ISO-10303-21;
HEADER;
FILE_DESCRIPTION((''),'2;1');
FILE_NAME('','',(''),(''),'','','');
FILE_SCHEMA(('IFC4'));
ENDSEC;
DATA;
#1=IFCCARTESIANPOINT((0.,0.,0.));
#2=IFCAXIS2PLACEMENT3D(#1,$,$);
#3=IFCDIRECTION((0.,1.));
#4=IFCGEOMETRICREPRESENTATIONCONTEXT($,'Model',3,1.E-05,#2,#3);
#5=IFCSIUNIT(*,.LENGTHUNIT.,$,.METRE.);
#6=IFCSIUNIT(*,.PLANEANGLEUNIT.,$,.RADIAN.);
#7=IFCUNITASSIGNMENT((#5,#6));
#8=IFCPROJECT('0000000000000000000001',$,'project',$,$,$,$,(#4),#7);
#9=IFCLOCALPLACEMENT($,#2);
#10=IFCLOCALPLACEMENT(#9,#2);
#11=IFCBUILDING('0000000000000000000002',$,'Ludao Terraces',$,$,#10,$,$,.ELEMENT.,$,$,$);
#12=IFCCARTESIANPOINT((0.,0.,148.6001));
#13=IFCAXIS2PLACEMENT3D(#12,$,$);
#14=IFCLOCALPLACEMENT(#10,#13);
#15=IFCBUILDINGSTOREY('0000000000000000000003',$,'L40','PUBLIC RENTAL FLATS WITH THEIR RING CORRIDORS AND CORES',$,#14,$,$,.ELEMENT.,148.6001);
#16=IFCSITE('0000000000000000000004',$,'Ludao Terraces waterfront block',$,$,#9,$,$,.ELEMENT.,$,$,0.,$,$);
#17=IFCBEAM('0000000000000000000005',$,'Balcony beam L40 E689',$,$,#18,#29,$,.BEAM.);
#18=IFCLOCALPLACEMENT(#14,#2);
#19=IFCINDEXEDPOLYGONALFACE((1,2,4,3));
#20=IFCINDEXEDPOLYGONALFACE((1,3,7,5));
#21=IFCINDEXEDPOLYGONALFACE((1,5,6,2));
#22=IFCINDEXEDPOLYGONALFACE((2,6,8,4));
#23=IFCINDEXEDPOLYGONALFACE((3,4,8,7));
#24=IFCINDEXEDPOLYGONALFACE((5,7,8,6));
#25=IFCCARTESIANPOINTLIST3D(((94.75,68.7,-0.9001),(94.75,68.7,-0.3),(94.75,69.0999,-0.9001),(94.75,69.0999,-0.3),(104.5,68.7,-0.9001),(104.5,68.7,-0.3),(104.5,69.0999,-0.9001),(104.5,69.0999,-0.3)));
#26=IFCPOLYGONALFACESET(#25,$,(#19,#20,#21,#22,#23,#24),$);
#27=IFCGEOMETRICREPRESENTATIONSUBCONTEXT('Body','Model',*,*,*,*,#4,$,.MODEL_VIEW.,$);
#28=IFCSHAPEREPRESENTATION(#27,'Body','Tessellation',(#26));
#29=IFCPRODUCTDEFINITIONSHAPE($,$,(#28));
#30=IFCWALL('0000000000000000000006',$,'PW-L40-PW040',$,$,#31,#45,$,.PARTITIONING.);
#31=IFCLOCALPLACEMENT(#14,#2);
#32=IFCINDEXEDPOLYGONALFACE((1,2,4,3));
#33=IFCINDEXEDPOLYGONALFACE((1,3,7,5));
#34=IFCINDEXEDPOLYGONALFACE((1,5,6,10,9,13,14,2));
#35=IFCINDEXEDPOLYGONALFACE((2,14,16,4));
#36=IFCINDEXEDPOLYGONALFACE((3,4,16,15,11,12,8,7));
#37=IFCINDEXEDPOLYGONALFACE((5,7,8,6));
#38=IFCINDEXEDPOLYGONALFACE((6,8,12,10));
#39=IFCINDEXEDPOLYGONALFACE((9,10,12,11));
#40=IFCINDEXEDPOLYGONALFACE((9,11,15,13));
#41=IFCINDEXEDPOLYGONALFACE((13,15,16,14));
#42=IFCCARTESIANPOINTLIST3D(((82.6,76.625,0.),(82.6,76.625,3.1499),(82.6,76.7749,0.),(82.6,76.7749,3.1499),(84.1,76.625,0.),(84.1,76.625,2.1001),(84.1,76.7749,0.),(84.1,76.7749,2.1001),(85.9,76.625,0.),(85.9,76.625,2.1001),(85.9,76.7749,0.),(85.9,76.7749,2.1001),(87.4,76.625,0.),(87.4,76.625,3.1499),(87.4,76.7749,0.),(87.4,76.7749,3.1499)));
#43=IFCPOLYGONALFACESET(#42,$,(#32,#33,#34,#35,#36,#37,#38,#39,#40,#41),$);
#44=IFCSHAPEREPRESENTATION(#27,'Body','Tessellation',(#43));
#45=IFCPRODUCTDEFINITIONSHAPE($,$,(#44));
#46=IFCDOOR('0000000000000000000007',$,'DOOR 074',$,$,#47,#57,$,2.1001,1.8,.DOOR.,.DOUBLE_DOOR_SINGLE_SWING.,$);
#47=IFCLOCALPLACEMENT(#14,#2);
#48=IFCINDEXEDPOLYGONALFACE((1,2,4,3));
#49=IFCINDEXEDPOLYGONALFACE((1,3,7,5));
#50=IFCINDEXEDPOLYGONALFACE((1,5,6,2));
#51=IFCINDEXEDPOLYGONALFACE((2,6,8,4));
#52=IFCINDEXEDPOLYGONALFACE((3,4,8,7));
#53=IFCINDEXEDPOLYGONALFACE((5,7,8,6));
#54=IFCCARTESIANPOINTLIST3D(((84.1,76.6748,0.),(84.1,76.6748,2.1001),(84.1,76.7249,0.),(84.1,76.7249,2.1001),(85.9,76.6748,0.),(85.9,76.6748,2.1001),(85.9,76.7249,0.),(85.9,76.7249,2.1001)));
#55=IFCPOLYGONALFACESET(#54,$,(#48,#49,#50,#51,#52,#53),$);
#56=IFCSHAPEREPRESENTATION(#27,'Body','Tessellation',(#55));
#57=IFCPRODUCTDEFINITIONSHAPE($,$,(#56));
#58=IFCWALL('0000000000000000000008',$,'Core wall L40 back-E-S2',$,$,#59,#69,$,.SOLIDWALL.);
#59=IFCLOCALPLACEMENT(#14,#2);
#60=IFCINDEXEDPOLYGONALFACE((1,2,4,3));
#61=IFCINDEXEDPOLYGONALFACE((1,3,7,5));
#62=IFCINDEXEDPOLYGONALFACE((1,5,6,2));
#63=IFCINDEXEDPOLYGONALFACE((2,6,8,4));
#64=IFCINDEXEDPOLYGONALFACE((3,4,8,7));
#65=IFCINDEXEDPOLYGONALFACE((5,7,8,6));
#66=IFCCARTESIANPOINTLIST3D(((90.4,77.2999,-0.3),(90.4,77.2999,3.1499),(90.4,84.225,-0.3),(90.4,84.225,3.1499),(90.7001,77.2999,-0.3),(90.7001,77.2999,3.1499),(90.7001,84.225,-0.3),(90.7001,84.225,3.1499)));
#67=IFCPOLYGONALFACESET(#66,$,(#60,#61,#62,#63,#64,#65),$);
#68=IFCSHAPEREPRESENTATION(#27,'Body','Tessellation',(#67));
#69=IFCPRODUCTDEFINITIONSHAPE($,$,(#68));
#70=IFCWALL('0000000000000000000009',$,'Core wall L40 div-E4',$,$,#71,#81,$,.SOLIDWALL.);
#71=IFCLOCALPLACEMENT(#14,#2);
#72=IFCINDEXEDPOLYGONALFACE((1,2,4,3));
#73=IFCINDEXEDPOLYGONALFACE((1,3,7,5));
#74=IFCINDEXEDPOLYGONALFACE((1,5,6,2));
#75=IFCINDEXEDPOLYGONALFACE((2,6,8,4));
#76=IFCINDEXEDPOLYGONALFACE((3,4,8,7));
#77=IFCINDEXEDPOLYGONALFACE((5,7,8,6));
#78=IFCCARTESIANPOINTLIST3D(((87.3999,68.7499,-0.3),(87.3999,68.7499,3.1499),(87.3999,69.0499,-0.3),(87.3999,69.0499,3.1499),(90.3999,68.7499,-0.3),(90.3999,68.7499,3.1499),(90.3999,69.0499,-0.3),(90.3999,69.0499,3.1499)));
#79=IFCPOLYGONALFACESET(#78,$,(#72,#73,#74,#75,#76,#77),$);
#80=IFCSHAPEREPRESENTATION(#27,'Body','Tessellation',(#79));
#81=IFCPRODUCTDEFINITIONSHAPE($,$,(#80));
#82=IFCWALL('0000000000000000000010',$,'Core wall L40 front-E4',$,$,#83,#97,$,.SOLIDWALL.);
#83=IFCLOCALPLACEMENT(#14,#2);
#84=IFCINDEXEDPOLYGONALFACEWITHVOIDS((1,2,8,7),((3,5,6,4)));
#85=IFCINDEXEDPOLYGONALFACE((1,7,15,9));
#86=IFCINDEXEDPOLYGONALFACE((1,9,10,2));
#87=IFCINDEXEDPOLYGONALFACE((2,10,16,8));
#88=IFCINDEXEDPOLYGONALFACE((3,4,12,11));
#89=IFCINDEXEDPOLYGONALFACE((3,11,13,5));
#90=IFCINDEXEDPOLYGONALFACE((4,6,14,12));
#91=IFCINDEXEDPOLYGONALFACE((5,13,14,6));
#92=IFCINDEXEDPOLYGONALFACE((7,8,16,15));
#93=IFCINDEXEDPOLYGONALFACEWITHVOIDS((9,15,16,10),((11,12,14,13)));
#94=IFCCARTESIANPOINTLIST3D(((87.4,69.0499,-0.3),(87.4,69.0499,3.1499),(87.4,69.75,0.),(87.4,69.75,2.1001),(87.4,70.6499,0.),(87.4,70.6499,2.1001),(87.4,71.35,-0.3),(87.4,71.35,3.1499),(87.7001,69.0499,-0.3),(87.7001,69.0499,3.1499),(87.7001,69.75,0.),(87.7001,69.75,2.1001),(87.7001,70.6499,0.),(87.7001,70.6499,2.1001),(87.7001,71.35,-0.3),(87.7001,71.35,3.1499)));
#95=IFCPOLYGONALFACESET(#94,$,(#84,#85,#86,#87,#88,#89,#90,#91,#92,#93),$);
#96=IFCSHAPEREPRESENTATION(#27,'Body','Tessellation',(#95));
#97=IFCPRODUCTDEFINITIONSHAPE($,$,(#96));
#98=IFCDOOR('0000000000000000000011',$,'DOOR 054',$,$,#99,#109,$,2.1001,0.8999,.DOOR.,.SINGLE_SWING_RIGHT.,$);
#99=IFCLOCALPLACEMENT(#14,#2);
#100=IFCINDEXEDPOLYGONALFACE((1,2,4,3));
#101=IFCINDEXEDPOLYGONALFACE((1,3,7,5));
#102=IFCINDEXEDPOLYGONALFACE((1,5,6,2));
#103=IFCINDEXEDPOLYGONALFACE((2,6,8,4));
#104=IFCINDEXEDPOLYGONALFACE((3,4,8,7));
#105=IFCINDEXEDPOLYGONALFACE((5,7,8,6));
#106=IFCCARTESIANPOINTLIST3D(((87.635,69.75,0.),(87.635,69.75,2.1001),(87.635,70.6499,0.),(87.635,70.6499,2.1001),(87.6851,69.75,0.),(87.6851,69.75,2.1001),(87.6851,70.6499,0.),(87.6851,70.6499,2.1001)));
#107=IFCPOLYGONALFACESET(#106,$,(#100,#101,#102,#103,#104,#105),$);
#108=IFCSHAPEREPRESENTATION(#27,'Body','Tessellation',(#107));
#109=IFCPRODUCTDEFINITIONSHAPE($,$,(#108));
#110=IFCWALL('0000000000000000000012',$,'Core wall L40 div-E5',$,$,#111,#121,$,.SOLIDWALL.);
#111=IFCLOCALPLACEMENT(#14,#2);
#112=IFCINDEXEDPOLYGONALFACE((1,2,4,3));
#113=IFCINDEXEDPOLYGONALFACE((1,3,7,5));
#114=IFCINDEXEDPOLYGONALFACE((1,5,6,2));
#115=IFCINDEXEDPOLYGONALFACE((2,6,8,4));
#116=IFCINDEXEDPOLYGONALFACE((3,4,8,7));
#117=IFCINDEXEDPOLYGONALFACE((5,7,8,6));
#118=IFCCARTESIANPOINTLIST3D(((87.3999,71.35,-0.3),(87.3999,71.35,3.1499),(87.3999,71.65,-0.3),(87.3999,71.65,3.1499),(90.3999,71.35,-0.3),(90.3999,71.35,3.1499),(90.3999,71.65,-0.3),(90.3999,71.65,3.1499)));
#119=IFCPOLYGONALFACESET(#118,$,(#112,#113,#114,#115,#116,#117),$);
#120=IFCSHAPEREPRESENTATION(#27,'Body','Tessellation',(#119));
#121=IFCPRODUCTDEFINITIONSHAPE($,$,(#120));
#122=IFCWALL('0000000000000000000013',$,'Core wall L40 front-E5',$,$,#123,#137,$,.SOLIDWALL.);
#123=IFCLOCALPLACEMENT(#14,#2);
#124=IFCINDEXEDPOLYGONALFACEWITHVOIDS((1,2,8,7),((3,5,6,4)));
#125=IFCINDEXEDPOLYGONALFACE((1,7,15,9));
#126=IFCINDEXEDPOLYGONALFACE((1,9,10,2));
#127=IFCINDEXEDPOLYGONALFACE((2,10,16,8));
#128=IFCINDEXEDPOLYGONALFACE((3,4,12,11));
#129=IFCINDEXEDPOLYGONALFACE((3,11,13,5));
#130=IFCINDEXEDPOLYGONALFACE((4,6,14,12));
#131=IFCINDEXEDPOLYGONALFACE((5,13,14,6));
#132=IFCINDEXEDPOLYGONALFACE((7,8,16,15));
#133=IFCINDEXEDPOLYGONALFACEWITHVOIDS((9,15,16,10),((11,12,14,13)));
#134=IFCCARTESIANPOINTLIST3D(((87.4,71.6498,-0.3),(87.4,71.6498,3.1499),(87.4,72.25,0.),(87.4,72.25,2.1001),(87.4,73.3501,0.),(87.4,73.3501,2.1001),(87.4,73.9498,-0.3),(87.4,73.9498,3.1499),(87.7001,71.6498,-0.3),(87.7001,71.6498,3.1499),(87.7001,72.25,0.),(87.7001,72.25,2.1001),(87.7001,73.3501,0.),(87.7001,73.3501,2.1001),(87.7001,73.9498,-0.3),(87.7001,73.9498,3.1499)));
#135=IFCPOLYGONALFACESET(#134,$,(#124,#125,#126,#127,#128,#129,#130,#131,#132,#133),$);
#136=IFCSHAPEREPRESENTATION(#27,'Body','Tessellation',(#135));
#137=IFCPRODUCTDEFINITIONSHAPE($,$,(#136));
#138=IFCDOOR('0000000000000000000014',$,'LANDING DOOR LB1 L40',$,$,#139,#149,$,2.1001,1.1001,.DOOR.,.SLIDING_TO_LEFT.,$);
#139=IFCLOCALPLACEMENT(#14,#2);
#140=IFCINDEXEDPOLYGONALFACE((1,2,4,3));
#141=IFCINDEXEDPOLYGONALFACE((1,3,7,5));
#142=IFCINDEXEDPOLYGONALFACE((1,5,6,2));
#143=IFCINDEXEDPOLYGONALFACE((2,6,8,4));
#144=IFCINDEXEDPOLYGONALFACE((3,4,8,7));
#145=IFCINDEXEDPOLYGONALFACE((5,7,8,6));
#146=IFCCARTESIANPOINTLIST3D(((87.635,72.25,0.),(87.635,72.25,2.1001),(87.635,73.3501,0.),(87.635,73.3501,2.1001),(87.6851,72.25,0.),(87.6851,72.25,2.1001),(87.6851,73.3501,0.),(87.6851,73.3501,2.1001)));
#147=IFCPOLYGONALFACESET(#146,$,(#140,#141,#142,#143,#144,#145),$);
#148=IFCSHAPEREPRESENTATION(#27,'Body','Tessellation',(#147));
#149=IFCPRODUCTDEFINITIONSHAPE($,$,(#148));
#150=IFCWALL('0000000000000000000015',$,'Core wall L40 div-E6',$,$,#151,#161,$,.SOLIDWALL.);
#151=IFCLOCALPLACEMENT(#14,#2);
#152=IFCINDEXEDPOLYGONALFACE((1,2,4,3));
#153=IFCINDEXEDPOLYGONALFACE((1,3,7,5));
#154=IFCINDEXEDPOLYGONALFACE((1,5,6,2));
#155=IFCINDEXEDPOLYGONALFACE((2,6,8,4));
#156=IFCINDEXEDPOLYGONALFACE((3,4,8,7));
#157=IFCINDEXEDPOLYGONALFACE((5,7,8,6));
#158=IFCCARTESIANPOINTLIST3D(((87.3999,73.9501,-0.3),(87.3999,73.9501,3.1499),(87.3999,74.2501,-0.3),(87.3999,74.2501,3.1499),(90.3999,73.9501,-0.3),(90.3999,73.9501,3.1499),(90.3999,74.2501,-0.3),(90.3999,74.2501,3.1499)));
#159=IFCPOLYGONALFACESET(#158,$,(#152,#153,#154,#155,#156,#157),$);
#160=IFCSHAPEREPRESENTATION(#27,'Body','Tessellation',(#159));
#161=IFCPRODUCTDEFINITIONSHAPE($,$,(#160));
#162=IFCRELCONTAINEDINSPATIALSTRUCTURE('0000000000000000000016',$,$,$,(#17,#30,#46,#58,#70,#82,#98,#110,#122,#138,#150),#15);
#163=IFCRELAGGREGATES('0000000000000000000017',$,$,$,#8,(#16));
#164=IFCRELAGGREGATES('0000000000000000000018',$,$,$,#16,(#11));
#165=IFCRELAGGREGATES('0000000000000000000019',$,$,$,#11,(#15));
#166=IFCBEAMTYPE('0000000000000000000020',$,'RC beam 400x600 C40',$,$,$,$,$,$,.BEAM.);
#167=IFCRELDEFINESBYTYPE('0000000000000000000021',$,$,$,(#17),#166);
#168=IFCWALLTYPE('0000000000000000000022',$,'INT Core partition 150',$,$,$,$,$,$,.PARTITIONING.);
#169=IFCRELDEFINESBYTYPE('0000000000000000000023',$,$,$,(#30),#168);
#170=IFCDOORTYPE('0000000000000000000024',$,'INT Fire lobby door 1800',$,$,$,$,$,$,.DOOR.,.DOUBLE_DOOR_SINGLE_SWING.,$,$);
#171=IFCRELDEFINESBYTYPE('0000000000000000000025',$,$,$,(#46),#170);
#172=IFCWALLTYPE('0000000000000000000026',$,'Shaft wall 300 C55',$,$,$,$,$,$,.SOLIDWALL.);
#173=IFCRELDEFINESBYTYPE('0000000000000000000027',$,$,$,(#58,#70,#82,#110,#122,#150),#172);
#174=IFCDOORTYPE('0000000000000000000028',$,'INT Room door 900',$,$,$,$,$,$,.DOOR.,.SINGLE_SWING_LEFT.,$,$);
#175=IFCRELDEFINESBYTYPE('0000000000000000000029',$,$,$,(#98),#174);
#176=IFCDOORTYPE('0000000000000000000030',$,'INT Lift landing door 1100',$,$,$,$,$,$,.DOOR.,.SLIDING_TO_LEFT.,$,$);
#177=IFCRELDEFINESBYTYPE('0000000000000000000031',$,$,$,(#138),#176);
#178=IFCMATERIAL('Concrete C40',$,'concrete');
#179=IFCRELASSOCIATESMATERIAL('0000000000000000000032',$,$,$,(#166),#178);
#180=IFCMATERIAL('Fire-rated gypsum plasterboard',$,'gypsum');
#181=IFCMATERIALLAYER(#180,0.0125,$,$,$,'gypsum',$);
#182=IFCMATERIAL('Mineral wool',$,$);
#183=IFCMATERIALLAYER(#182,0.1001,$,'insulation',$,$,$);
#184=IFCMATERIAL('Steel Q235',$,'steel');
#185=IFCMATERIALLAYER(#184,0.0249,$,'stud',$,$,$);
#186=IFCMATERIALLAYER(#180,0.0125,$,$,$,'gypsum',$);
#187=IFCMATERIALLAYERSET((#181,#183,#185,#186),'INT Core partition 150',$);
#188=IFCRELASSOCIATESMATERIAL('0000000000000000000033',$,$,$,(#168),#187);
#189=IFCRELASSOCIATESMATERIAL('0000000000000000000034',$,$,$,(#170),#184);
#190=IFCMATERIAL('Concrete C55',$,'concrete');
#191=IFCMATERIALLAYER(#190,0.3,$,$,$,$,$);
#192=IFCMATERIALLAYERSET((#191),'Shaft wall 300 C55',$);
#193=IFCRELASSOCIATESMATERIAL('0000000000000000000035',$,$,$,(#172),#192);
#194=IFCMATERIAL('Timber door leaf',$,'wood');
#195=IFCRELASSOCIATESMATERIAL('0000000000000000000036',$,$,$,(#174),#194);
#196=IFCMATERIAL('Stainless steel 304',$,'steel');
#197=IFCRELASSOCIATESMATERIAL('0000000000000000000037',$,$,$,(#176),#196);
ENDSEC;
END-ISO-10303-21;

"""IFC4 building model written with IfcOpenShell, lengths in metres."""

from ifc_helpers import new_model, si_unit, direction, frame, frame_2d, origin, origin_2d, place, context, subcontext, project, spatial, rectangle, extrude, material, layer, layer_set, material_profile, profile_set, type_object, element, fill, save


model = new_model("IFC4")

# Units and contexts
model_context = context("Model", 3, precision=1e-05, world=origin(), true_north=direction((0.0, 1.0)))
body_context = subcontext(model_context, "Body", "Model", "MODEL_VIEW")
ifc_project = project(units=[si_unit("LENGTHUNIT", "METRE"), si_unit("PLANEANGLEUNIT", "RADIAN")], contexts=[model_context])

# Site, building, storey
site_placement = place(None, origin())
site = spatial("IfcSite", under=ifc_project, at=site_placement, Name="Ludao Terraces waterfront block", CompositionType="ELEMENT", RefElevation=0.0)
building_placement = place(site_placement, origin())
building = spatial("IfcBuilding", under=site, at=building_placement, Name="Ludao Terraces", CompositionType="ELEMENT")
storey_placement = place(building_placement, frame((0.0, 0.0, 148.6001)))
storey = spatial("IfcBuildingStorey", under=building, at=storey_placement, Name="L40", Description="PUBLIC RENTAL FLATS WITH THEIR RING CORRIDORS AND CORES", CompositionType="ELEMENT", Elevation=148.6001)

# Beam
ifc_material_1 = material(Name="Concrete C40", Category="concrete")
ifc_material_profile = material_profile(ifc_material_1, rectangle(XDim=0.3999, YDim=0.6001, at=origin_2d()), Name="400 X 600")
ifc_profile_set = profile_set([ifc_material_profile], Name="Concrete C40")
beam_type = type_object("IfcBeamType", Name="RC beam 400x600 C40", PredefinedType="BEAM", material=ifc_profile_set)
beam_placement = place(storey_placement, frame((94.75, 68.8999, -0.6001), z_axis=(1.0, 0.0, 0.0), x_axis=(0.0, 1.0, 0.0)))
element("IfcBeam", 1, at=beam_placement, inside=storey, type_object=beam_type, Name="Balcony beam L40 E689", PredefinedType="BEAM", context=body_context, shape_type="SweptSolid", body=[
    extrude(rectangle(XDim=0.3999, YDim=0.6001, at=origin_2d()), origin(), (0.0, 0.0, 1.0), 9.75),
])

# Wall, opening, door
ifc_material_2 = material(Name="Fire-rated gypsum plasterboard", Category="gypsum")
ifc_layer_1 = layer(ifc_material_2, 0.0125, Category="gypsum")
ifc_material_3 = material(Name="Mineral wool")
ifc_layer_2 = layer(ifc_material_3, 0.1001, Name="insulation")
ifc_material_4 = material(Name="Steel Q235", Category="steel")
ifc_layer_3 = layer(ifc_material_4, 0.0249, Name="stud")
ifc_layer_4 = layer(ifc_material_2, 0.0125, Category="gypsum")
ifc_layer_set_1 = layer_set([ifc_layer_1, ifc_layer_2, ifc_layer_3, ifc_layer_4], Name="INT Core partition 150")
wall_type_1 = type_object("IfcWallType", Name="INT Core partition 150", PredefinedType="PARTITIONING", material=ifc_layer_set_1)
wall_1_placement = place(storey_placement, frame((82.6001, 76.7, 0.0), z_axis=(0.0, 0.0, 1.0), x_axis=(1.0, 0.0, 0.0)))
wall_1 = element("IfcWall", 2, at=wall_1_placement, inside=storey, type_object=wall_type_1, Name="PW-L40-PW040", PredefinedType="PARTITIONING", context=body_context, shape_type="SweptSolid", body=[
    extrude(rectangle(XDim=4.8, YDim=0.1499, at=frame_2d((2.3999, 0.0))), origin(), (0.0, 0.0, 1.0), 3.1499),
])
opening_1_placement = place(wall_1_placement, frame((1.5, 0.0, 0.0)))
opening_1 = element("IfcOpeningElement", 3, at=opening_1_placement, cuts=wall_1, PredefinedType="OPENING", context=body_context, shape_type="SweptSolid", body=[
    extrude(rectangle(XDim=1.8, YDim=2.1001, at=frame_2d((0.8999, 1.05))), frame((0.0, 0.085, 0.0), z_axis=(0.0, -1.0, 0.0), x_axis=(1.0, 0.0, 0.0)), (0.0, 0.0, 1.0), 0.1699),
])
door_type_1 = type_object("IfcDoorType", Name="INT Fire lobby door 1800", OperationType="DOUBLE_DOOR_SINGLE_SWING", PredefinedType="DOOR", material=ifc_material_4)
door_1_placement = place(opening_1_placement, origin())
door_1 = element("IfcDoor", 4, at=door_1_placement, inside=storey, type_object=door_type_1, Name="DOOR 074", OperationType="DOUBLE_DOOR_SINGLE_SWING", OverallHeight=2.1001, OverallWidth=1.8, PredefinedType="DOOR", context=body_context, shape_type="SweptSolid", body=[
    extrude(rectangle(XDim=1.8, YDim=2.1001, at=frame_2d((0.8999, 1.05))), frame((0.0, 0.0249, 0.0), z_axis=(0.0, -1.0, 0.0), x_axis=(1.0, 0.0, 0.0)), (0.0, 0.0, 1.0), 0.05),
])
fill(opening_1, door_1)

# Walls
ifc_material_5 = material(Name="Concrete C55", Category="concrete")
ifc_layer_5 = layer(ifc_material_5, 0.3)
ifc_layer_set_2 = layer_set([ifc_layer_5], Name="Shaft wall 300 C55")
wall_type_2 = type_object("IfcWallType", Name="Shaft wall 300 C55", PredefinedType="SOLIDWALL", material=ifc_layer_set_2)
wall_2_placement = place(storey_placement, frame((90.55, 77.3, -0.3), z_axis=(0.0, 0.0, 1.0), x_axis=(0.0, 1.0, 0.0)))
element("IfcWall", 5, at=wall_2_placement, inside=storey, type_object=wall_type_2, Name="Core wall L40 back-E-S2", PredefinedType="SOLIDWALL", context=body_context, shape_type="SweptSolid", body=[
    extrude(rectangle(XDim=6.925, YDim=0.3, at=frame_2d((3.4624, 0.0))), origin(), (0.0, 0.0, 1.0), 3.45),
])
wall_3_placement = place(storey_placement, frame((87.3999, 68.8999, -0.3), z_axis=(0.0, 0.0, 1.0), x_axis=(1.0, 0.0, 0.0)))
element("IfcWall", 6, at=wall_3_placement, inside=storey, type_object=wall_type_2, Name="Core wall L40 div-E4", PredefinedType="SOLIDWALL", context=body_context, shape_type="SweptSolid", body=[
    extrude(rectangle(XDim=3.0, YDim=0.3, at=frame_2d((1.5, 0.0))), origin(), (0.0, 0.0, 1.0), 3.45),
])

# Wall, opening, door
wall_4_placement = place(storey_placement, frame((87.55, 69.05, -0.3), z_axis=(0.0, 0.0, 1.0), x_axis=(0.0, 1.0, 0.0)))
wall_4 = element("IfcWall", 7, at=wall_4_placement, inside=storey, type_object=wall_type_2, Name="Core wall L40 front-E4", PredefinedType="SOLIDWALL", context=body_context, shape_type="SweptSolid", body=[
    extrude(rectangle(XDim=2.3, YDim=0.3, at=frame_2d((1.1499, 0.0))), origin(), (0.0, 0.0, 1.0), 3.45),
])
opening_2_placement = place(wall_4_placement, frame((0.7, 0.0, 0.3)))
opening_2 = element("IfcOpeningElement", 8, at=opening_2_placement, cuts=wall_4, PredefinedType="OPENING", context=body_context, shape_type="SweptSolid", body=[
    extrude(rectangle(XDim=0.8999, YDim=2.1001, at=frame_2d((0.45, 1.05))), frame((0.0, 0.1602, 0.0), z_axis=(0.0, -1.0, 0.0), x_axis=(1.0, 0.0, 0.0)), (0.0, 0.0, 1.0), 0.3201),
])
ifc_material_6 = material(Name="Timber door leaf", Category="wood")
door_type_2 = type_object("IfcDoorType", Name="INT Room door 900", OperationType="SINGLE_SWING_LEFT", PredefinedType="DOOR", material=ifc_material_6)
door_2_placement = place(opening_2_placement, origin())
door_2 = element("IfcDoor", 9, at=door_2_placement, inside=storey, type_object=door_type_2, Name="DOOR 054", OperationType="SINGLE_SWING_RIGHT", OverallHeight=2.1001, OverallWidth=0.8999, PredefinedType="DOOR", context=body_context, shape_type="SweptSolid", body=[
    extrude(rectangle(XDim=0.8999, YDim=2.1001, at=frame_2d((0.45, 1.05))), frame((0.0, -0.085, 0.0), z_axis=(0.0, -1.0, 0.0), x_axis=(1.0, 0.0, 0.0)), (0.0, 0.0, 1.0), 0.05),
])
fill(opening_2, door_2)

# Wall
wall_5_placement = place(storey_placement, frame((87.3999, 71.5, -0.3), z_axis=(0.0, 0.0, 1.0), x_axis=(1.0, 0.0, 0.0)))
element("IfcWall", 10, at=wall_5_placement, inside=storey, type_object=wall_type_2, Name="Core wall L40 div-E5", PredefinedType="SOLIDWALL", context=body_context, shape_type="SweptSolid", body=[
    extrude(rectangle(XDim=3.0, YDim=0.3, at=frame_2d((1.5, 0.0))), origin(), (0.0, 0.0, 1.0), 3.45),
])

# Wall, opening, door
wall_6_placement = place(storey_placement, frame((87.55, 71.6499, -0.3), z_axis=(0.0, 0.0, 1.0), x_axis=(0.0, 1.0, 0.0)))
wall_6 = element("IfcWall", 11, at=wall_6_placement, inside=storey, type_object=wall_type_2, Name="Core wall L40 front-E5", PredefinedType="SOLIDWALL", context=body_context, shape_type="SweptSolid", body=[
    extrude(rectangle(XDim=2.3, YDim=0.3, at=frame_2d((1.1499, 0.0))), origin(), (0.0, 0.0, 1.0), 3.45),
])
opening_3_placement = place(wall_6_placement, frame((0.6001, 0.0, 0.3)))
opening_3 = element("IfcOpeningElement", 12, at=opening_3_placement, cuts=wall_6, PredefinedType="OPENING", context=body_context, shape_type="SweptSolid", body=[
    extrude(rectangle(XDim=1.1001, YDim=2.1001, at=frame_2d((0.55, 1.05))), frame((0.0, 0.1602, 0.0), z_axis=(0.0, -1.0, 0.0), x_axis=(1.0, 0.0, 0.0)), (0.0, 0.0, 1.0), 0.3201),
])
ifc_material_7 = material(Name="Stainless steel 304", Category="steel")
door_type_3 = type_object("IfcDoorType", Name="INT Lift landing door 1100", OperationType="SLIDING_TO_LEFT", PredefinedType="DOOR", material=ifc_material_7)
door_3_placement = place(opening_3_placement, origin())
door_3 = element("IfcDoor", 13, at=door_3_placement, inside=storey, type_object=door_type_3, Name="LANDING DOOR LB1 L40", OperationType="SLIDING_TO_LEFT", OverallHeight=2.1001, OverallWidth=1.1001, PredefinedType="DOOR", context=body_context, shape_type="SweptSolid", body=[
    extrude(rectangle(XDim=1.1001, YDim=2.1001, at=frame_2d((0.55, 1.05))), frame((0.0, -0.085, 0.0), z_axis=(0.0, -1.0, 0.0), x_axis=(1.0, 0.0, 0.0)), (0.0, 0.0, 1.0), 0.05),
])
fill(opening_3, door_3)

# Wall
wall_7_placement = place(storey_placement, frame((87.3999, 74.1001, -0.3), z_axis=(0.0, 0.0, 1.0), x_axis=(1.0, 0.0, 0.0)))
element("IfcWall", 14, at=wall_7_placement, inside=storey, type_object=wall_type_2, Name="Core wall L40 div-E6", PredefinedType="SOLIDWALL", context=body_context, shape_type="SweptSolid", body=[
    extrude(rectangle(XDim=3.0, YDim=0.3, at=frame_2d((1.5, 0.0))), origin(), (0.0, 0.0, 1.0), 3.45),
])

save(model, "model.ifc")
